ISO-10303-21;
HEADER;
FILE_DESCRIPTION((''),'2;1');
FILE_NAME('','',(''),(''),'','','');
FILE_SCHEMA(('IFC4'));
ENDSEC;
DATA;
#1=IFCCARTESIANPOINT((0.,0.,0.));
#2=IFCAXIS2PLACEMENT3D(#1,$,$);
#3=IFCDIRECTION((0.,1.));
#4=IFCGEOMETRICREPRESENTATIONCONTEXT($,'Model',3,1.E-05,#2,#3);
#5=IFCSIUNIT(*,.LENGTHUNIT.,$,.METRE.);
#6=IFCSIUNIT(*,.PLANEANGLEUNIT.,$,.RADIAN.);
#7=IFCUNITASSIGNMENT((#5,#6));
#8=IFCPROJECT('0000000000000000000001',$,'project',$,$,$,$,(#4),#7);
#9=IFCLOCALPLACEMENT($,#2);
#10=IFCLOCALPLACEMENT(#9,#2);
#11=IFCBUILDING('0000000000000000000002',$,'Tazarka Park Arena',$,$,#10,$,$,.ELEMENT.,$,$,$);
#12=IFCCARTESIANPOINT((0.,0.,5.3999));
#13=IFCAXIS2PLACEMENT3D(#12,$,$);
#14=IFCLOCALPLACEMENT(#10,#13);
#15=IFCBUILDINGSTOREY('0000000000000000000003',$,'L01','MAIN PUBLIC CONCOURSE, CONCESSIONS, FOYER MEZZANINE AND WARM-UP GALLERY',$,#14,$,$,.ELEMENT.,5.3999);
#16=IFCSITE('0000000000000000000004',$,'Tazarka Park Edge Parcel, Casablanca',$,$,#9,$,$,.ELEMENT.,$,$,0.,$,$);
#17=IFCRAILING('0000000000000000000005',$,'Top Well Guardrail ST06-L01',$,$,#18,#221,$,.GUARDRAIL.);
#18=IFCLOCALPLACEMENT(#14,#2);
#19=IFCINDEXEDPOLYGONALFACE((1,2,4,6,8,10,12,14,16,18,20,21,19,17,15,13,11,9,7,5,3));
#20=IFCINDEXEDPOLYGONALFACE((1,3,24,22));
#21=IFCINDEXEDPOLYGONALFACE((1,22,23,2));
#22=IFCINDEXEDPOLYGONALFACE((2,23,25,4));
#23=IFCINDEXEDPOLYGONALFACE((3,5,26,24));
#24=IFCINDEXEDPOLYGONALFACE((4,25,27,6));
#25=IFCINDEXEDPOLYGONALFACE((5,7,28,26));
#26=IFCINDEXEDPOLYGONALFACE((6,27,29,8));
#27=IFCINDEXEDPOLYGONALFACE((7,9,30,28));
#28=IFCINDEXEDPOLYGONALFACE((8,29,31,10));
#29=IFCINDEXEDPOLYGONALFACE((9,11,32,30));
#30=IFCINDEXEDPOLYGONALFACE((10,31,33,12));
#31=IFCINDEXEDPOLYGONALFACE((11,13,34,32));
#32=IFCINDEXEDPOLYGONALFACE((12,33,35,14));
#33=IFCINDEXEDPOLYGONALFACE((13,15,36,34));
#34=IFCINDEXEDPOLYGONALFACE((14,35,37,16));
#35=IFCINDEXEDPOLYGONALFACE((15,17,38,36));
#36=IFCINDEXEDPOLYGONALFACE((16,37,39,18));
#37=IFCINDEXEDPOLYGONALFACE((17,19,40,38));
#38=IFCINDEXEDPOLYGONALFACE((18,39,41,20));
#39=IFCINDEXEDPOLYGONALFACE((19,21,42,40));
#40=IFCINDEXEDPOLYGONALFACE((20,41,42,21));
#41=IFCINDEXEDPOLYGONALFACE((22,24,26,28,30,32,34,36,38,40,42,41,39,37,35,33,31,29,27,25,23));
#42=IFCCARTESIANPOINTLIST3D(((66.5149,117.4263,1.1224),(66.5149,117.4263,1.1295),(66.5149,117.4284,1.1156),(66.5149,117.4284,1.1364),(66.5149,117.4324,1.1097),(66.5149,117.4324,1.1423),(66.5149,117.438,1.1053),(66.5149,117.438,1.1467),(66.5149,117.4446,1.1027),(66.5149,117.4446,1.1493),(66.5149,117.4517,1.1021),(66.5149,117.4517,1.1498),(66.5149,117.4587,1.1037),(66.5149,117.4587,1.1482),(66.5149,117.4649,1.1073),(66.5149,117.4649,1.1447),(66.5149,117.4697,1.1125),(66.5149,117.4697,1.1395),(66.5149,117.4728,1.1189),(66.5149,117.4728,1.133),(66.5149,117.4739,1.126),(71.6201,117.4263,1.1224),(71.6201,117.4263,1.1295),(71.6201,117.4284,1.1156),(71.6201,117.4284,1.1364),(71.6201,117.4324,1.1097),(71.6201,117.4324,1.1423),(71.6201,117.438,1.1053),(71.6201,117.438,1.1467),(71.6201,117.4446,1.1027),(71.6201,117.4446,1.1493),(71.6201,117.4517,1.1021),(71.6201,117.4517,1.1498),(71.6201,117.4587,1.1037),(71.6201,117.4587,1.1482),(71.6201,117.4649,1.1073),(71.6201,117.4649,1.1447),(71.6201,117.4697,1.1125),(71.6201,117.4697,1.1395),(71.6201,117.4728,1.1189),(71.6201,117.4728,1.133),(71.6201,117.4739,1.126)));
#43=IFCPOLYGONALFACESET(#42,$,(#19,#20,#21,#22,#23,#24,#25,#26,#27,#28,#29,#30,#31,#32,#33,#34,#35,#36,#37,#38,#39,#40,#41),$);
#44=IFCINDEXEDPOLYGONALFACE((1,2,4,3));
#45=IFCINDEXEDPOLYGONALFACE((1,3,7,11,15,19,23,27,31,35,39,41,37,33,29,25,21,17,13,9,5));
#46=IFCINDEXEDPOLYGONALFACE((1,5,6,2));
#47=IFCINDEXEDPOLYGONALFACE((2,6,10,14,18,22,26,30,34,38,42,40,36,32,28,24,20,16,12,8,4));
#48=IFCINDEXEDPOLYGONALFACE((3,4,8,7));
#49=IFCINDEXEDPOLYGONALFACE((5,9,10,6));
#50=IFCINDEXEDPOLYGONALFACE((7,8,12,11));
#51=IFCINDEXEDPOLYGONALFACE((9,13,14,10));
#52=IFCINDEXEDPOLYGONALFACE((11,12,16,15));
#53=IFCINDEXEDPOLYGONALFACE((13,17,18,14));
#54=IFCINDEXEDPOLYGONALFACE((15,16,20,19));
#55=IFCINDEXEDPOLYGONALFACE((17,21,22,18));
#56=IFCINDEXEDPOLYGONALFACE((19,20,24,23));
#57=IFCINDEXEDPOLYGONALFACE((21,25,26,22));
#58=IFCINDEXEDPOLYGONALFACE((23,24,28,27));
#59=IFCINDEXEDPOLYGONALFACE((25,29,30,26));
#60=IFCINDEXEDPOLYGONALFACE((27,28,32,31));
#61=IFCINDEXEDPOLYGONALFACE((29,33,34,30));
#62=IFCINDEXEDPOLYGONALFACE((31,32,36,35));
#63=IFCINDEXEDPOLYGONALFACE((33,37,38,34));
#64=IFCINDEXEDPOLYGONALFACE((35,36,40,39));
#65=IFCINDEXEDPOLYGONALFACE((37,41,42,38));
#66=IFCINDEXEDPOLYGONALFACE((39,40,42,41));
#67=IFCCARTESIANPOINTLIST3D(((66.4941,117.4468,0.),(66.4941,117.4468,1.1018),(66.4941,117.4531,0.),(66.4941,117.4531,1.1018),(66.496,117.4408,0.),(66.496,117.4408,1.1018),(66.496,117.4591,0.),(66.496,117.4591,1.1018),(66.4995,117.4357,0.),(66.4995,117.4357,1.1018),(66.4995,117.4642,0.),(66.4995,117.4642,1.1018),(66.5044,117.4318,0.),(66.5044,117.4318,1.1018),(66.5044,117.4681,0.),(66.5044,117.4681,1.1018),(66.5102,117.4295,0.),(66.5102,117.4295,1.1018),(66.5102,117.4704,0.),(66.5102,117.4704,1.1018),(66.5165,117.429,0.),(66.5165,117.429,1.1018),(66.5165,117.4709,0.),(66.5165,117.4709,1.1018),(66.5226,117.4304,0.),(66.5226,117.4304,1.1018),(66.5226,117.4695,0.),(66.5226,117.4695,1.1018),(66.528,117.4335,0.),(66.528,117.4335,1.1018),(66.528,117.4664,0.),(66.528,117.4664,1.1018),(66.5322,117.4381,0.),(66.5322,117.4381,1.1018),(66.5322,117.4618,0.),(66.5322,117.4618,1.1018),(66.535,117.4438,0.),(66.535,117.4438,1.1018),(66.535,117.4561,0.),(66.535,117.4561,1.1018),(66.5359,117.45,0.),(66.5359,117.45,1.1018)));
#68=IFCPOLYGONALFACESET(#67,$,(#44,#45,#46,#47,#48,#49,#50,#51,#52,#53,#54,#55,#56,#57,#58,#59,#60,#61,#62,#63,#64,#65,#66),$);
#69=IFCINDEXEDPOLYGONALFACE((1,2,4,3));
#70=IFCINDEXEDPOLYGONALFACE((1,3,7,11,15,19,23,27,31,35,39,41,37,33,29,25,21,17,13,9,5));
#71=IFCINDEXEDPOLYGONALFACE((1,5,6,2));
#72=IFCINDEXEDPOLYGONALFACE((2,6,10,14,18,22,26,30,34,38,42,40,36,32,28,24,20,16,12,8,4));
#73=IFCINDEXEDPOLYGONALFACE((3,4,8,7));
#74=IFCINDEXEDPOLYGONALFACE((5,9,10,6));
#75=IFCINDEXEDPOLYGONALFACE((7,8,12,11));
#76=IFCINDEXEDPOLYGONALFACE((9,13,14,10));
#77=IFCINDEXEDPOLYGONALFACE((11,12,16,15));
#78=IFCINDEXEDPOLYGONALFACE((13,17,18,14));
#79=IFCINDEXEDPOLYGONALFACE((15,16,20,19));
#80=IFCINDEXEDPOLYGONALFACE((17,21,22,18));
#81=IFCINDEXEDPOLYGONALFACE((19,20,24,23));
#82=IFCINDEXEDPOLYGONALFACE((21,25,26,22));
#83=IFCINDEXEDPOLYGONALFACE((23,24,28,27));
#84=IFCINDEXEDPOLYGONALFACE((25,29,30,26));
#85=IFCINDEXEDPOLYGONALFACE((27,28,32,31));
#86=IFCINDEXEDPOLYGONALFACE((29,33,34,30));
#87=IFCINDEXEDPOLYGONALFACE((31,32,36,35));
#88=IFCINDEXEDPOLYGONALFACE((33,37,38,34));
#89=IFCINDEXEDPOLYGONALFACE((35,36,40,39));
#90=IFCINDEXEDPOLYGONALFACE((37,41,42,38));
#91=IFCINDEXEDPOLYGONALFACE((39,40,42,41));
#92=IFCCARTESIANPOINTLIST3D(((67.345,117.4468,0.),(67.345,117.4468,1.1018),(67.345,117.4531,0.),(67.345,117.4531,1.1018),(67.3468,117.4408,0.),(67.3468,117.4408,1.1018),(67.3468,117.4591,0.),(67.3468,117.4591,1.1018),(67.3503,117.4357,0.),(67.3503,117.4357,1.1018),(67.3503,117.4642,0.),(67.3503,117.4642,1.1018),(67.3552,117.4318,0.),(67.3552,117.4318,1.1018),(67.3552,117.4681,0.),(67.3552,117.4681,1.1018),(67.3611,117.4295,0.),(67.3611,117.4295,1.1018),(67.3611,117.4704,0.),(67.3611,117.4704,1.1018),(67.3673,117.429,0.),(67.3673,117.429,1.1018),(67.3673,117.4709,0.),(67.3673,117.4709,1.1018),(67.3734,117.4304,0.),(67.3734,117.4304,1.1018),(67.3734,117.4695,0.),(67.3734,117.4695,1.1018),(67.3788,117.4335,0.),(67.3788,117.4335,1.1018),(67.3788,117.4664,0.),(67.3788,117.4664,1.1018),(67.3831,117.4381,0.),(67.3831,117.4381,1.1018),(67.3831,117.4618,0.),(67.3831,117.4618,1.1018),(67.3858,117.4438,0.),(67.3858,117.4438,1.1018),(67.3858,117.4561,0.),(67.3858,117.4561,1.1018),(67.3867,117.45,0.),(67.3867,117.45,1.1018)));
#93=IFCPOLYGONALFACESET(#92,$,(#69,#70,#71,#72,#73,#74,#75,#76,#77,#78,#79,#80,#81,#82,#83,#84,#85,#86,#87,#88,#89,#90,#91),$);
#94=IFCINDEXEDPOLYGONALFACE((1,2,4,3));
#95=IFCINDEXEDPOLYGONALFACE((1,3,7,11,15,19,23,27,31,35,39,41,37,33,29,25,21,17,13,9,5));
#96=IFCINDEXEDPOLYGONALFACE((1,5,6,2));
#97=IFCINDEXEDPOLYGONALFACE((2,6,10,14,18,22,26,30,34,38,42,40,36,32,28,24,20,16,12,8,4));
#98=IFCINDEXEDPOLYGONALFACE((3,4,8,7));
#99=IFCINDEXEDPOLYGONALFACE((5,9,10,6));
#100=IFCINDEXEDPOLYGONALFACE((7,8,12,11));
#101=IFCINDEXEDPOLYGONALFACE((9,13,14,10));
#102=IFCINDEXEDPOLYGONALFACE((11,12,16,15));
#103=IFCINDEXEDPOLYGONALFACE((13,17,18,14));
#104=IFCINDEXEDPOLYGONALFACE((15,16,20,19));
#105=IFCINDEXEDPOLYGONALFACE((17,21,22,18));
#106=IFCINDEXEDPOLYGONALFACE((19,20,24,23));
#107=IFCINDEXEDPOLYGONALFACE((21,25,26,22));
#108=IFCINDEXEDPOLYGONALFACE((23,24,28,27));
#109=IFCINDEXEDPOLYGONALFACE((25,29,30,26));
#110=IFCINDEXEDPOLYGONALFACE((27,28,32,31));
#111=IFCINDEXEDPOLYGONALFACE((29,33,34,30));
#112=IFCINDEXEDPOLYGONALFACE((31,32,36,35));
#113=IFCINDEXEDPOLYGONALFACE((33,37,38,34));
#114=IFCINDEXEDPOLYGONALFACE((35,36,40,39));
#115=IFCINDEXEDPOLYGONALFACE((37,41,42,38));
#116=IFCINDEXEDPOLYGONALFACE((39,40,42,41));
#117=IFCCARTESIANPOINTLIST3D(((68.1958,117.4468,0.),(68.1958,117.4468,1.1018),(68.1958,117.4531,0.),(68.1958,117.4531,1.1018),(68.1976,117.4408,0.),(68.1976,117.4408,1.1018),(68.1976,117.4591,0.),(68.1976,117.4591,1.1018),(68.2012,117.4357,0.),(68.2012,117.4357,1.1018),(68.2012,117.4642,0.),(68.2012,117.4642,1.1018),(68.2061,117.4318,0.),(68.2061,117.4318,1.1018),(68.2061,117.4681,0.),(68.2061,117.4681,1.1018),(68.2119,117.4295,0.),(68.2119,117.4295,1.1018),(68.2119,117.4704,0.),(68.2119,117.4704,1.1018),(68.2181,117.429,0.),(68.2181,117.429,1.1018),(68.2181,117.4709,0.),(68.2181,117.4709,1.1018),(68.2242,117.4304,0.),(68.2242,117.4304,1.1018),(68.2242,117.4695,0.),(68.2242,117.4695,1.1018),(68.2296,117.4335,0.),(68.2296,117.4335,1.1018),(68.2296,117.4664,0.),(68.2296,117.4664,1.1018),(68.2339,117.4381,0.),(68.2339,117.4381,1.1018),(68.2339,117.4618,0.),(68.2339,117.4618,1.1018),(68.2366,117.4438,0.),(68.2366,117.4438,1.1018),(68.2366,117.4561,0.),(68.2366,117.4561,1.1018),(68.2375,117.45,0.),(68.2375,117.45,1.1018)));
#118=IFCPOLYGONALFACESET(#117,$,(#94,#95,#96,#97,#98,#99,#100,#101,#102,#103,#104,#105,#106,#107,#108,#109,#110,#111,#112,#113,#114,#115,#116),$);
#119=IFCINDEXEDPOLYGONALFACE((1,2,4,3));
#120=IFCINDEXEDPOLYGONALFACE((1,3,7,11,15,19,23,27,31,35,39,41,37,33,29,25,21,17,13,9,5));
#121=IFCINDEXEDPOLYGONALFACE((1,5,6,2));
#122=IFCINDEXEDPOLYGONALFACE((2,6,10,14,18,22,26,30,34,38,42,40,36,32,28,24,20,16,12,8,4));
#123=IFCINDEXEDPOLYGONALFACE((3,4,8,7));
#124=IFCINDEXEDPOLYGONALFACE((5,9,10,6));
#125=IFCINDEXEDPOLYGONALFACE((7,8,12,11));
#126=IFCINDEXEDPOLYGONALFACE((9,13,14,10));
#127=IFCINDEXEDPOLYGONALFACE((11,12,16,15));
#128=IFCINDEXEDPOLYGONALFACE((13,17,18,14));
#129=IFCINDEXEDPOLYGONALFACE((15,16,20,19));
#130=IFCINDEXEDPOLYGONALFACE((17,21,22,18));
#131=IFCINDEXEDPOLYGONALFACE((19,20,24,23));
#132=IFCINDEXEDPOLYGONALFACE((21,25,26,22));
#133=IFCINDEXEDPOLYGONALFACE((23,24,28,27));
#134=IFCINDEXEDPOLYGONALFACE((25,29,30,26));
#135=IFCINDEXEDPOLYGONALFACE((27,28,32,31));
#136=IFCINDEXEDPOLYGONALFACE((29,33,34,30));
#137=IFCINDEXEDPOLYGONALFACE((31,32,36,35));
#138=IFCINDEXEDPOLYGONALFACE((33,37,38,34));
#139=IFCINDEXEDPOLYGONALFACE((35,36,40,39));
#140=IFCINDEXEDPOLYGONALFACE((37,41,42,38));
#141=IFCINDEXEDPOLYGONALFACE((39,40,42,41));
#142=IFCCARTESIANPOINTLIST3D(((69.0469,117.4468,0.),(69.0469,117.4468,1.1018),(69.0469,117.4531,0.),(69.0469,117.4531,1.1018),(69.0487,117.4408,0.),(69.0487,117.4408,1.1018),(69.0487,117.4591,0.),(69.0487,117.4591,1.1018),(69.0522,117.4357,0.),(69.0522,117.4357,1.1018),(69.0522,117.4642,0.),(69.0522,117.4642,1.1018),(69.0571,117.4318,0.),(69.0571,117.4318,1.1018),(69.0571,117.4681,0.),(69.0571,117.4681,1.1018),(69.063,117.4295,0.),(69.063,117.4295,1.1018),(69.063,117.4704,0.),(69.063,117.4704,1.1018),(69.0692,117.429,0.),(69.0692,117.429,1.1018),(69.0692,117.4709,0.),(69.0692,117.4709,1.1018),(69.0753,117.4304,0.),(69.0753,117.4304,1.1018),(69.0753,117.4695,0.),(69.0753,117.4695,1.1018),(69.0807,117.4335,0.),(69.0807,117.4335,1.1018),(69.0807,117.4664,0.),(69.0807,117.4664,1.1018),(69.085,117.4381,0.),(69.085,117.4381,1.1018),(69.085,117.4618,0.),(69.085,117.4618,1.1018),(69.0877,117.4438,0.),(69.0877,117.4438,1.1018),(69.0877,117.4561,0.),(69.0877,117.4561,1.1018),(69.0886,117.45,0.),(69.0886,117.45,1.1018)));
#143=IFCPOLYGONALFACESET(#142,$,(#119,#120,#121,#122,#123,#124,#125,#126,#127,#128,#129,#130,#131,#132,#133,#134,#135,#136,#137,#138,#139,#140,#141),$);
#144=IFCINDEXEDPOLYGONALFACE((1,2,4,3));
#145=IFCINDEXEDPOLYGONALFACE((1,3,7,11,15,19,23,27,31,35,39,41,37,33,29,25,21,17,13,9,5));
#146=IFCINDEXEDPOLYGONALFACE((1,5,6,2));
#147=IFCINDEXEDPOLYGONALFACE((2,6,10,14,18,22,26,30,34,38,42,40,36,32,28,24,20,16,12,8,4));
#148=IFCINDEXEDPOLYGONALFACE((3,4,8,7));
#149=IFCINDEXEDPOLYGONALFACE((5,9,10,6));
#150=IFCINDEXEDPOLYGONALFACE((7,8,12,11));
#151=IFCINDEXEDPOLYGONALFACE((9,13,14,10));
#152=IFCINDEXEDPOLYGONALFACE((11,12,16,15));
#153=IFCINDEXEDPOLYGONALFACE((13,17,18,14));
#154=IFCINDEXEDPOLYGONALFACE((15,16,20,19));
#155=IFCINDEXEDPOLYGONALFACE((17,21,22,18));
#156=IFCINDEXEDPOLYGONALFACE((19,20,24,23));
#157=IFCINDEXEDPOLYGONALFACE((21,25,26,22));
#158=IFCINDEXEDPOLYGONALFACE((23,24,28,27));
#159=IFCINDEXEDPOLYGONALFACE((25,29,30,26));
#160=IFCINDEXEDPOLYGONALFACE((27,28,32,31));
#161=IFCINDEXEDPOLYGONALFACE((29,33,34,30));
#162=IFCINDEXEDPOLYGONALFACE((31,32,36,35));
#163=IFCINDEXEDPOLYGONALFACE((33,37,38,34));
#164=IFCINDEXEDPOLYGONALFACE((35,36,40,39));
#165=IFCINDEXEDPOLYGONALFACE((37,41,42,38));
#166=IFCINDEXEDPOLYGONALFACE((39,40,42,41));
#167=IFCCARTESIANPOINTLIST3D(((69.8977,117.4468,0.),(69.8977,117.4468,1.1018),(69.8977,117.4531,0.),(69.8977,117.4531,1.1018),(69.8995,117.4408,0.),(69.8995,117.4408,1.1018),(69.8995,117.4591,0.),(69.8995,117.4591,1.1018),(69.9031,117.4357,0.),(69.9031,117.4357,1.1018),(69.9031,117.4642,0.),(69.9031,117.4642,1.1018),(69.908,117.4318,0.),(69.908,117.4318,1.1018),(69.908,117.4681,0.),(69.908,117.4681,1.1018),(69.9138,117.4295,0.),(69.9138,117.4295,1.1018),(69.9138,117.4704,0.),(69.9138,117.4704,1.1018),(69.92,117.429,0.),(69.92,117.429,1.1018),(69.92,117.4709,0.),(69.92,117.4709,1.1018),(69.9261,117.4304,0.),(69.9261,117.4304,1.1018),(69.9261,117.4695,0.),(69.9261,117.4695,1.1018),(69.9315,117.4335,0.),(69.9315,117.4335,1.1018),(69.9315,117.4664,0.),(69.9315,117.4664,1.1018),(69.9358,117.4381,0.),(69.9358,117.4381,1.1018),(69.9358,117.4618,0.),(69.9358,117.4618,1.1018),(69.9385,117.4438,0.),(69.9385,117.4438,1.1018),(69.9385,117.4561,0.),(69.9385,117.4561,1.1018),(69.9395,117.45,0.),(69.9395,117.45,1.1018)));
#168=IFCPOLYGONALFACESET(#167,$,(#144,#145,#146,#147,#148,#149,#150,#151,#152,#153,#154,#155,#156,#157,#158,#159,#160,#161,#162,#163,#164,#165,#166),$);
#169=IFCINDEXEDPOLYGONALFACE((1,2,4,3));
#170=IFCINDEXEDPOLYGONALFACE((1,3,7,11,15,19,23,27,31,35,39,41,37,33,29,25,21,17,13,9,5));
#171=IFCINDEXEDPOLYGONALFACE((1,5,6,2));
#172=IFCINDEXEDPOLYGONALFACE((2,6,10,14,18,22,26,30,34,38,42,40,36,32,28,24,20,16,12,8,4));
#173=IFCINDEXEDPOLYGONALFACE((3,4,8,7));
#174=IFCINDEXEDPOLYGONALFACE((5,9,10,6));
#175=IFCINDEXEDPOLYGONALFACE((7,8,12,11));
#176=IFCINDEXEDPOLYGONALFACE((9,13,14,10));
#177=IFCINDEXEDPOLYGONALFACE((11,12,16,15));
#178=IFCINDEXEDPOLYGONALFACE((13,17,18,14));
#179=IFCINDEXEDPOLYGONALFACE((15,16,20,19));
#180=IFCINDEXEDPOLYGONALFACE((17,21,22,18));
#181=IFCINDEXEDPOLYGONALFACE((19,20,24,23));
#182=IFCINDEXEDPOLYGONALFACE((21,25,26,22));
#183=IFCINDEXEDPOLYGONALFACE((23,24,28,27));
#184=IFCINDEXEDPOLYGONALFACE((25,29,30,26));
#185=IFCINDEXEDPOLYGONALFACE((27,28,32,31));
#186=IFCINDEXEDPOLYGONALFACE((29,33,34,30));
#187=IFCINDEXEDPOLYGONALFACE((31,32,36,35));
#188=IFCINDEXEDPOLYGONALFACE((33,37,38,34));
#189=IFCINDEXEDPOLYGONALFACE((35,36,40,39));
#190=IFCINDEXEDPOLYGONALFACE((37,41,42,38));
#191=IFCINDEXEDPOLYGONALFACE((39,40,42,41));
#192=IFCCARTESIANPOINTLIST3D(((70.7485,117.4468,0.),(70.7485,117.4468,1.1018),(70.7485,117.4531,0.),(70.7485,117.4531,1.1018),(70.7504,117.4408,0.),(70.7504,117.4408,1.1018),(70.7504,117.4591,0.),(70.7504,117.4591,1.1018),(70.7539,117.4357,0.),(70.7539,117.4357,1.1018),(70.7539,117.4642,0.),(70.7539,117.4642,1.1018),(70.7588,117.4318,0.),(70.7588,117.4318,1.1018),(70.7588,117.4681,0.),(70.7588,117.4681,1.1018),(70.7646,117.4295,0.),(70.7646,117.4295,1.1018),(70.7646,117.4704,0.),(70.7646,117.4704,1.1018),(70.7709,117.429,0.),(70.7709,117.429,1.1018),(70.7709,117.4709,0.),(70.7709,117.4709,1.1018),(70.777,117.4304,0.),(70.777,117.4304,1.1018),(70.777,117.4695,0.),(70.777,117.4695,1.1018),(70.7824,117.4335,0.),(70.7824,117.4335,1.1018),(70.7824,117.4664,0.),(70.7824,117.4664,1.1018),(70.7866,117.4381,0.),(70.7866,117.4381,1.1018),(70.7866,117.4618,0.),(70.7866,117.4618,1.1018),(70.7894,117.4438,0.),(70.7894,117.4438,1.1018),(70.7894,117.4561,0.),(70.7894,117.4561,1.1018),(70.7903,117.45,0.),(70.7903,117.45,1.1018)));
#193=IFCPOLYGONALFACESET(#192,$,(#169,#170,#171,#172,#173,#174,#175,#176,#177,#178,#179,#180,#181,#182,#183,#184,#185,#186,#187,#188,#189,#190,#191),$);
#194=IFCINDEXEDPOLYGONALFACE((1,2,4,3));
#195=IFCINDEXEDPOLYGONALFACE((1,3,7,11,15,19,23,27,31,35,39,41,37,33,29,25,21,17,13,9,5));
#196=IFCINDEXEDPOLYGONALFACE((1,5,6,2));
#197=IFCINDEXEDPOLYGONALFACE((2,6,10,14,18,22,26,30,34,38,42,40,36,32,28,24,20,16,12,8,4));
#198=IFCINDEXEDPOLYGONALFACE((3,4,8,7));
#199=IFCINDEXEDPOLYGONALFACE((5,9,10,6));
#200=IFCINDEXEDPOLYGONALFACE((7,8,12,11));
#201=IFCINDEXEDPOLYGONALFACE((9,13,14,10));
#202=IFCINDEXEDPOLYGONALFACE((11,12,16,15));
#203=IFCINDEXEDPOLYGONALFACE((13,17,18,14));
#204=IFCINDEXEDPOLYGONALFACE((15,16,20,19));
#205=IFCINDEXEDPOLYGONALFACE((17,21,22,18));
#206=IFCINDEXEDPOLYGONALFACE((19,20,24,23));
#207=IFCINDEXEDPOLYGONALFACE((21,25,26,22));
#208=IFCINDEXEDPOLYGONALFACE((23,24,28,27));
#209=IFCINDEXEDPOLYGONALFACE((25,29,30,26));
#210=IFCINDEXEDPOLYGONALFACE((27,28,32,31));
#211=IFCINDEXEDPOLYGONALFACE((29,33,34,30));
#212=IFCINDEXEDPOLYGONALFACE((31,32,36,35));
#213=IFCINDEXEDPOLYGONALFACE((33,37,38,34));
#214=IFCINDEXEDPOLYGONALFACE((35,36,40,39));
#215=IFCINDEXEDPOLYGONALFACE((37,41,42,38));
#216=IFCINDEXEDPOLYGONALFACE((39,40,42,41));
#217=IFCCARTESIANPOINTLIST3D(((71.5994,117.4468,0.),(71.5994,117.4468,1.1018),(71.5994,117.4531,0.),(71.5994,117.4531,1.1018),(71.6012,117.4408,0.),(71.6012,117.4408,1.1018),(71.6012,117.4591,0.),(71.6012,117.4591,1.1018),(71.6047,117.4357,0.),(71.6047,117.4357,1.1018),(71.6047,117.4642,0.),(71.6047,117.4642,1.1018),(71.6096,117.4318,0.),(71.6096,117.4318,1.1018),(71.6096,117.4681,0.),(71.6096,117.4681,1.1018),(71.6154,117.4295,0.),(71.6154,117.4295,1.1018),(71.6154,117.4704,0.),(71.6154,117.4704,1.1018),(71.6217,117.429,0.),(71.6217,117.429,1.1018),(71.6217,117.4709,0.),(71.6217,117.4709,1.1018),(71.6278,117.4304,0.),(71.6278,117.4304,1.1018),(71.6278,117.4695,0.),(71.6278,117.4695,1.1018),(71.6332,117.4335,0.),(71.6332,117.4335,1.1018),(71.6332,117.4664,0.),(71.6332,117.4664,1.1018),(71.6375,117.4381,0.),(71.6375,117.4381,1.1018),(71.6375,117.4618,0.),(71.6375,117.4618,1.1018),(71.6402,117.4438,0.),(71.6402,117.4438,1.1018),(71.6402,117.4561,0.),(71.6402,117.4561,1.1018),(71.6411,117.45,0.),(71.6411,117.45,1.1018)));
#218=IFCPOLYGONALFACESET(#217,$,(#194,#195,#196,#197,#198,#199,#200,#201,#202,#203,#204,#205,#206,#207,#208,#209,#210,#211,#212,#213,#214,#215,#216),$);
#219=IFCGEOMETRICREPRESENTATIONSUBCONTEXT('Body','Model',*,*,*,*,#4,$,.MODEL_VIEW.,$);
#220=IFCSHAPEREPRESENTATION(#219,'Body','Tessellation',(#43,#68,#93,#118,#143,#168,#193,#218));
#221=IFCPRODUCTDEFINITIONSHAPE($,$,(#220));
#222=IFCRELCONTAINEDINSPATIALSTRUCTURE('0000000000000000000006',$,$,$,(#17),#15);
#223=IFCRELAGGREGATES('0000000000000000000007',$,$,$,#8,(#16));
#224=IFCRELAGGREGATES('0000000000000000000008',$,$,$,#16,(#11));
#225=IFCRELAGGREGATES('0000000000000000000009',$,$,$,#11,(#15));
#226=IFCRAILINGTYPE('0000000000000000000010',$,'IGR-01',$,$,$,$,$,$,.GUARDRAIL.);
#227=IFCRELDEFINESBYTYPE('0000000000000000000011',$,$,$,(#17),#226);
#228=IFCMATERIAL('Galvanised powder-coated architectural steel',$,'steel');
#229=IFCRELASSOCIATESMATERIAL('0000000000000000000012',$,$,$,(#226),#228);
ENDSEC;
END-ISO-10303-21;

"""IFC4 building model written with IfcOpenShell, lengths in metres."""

from ifc_helpers import new_model, si_unit, direction, frame, origin, origin_2d, place, context, subcontext, project, spatial, circle, extrude, material, type_object, element, save


model = new_model("IFC4")

# Units and contexts
model_context = context("Model", 3, precision=1e-05, world=origin(), true_north=direction((0.0, 1.0)))
body_context = subcontext(model_context, "Body", "Model", "MODEL_VIEW")
ifc_project = project(units=[si_unit("LENGTHUNIT", "METRE"), si_unit("PLANEANGLEUNIT", "RADIAN")], contexts=[model_context])

# Site, building, storey
site_placement = place(None, origin())
site = spatial("IfcSite", under=ifc_project, at=site_placement, Name="Tazarka Park Edge Parcel, Casablanca", CompositionType="ELEMENT", RefElevation=0.0)
building_placement = place(site_placement, origin())
building = spatial("IfcBuilding", under=site, at=building_placement, Name="Tazarka Park Arena", CompositionType="ELEMENT")
storey_placement = place(building_placement, frame((0.0, 0.0, 5.3999)))
storey = spatial("IfcBuildingStorey", under=building, at=storey_placement, Name="L01", Description="MAIN PUBLIC CONCOURSE, CONCESSIONS, FOYER MEZZANINE AND WARM-UP GALLERY", CompositionType="ELEMENT", Elevation=5.3999)

# Railing
ifc_material_1 = material(Name="Galvanised powder-coated architectural steel", Category="steel")
railing_type = type_object("IfcRailingType", Name="IGR-01", PredefinedType="GUARDRAIL", material=ifc_material_1)
railing_1_placement = place(storey_placement, frame((66.5149, 117.45, 0.0)))
element("IfcRailing", 1, at=railing_1_placement, inside=storey, type_object=railing_type, Name="Top Well Guardrail ST06-L01", PredefinedType="GUARDRAIL", context=body_context, shape_type="SweptSolid", body=[
    extrude(circle(Radius=0.0239, at=origin_2d()), frame((0.0, 0.0, 1.126), z_axis=(1.0, 0.0, 0.0), x_axis=(0.0, 1.0, 0.0)), (0.0, 0.0, 1.0), 5.1052),
    extrude(circle(Radius=0.021, at=origin_2d()), origin(), (0.0, 0.0, 1.0), 1.1018),
    extrude(circle(Radius=0.021, at=origin_2d()), frame((0.8508, 0.0, 0.0)), (0.0, 0.0, 1.0), 1.1018),
    extrude(circle(Radius=0.021, at=origin_2d()), frame((1.7017, 0.0, 0.0)), (0.0, 0.0, 1.0), 1.1018),
    extrude(circle(Radius=0.021, at=origin_2d()), frame((2.5527, 0.0, 0.0)), (0.0, 0.0, 1.0), 1.1018),
    extrude(circle(Radius=0.021, at=origin_2d()), frame((3.4036, 0.0, 0.0)), (0.0, 0.0, 1.0), 1.1018),
    extrude(circle(Radius=0.021, at=origin_2d()), frame((4.2544, 0.0, 0.0)), (0.0, 0.0, 1.0), 1.1018),
    extrude(circle(Radius=0.021, at=origin_2d()), frame((5.1052, 0.0, 0.0)), (0.0, 0.0, 1.0), 1.1018),
])

save(model, "model.ifc")
